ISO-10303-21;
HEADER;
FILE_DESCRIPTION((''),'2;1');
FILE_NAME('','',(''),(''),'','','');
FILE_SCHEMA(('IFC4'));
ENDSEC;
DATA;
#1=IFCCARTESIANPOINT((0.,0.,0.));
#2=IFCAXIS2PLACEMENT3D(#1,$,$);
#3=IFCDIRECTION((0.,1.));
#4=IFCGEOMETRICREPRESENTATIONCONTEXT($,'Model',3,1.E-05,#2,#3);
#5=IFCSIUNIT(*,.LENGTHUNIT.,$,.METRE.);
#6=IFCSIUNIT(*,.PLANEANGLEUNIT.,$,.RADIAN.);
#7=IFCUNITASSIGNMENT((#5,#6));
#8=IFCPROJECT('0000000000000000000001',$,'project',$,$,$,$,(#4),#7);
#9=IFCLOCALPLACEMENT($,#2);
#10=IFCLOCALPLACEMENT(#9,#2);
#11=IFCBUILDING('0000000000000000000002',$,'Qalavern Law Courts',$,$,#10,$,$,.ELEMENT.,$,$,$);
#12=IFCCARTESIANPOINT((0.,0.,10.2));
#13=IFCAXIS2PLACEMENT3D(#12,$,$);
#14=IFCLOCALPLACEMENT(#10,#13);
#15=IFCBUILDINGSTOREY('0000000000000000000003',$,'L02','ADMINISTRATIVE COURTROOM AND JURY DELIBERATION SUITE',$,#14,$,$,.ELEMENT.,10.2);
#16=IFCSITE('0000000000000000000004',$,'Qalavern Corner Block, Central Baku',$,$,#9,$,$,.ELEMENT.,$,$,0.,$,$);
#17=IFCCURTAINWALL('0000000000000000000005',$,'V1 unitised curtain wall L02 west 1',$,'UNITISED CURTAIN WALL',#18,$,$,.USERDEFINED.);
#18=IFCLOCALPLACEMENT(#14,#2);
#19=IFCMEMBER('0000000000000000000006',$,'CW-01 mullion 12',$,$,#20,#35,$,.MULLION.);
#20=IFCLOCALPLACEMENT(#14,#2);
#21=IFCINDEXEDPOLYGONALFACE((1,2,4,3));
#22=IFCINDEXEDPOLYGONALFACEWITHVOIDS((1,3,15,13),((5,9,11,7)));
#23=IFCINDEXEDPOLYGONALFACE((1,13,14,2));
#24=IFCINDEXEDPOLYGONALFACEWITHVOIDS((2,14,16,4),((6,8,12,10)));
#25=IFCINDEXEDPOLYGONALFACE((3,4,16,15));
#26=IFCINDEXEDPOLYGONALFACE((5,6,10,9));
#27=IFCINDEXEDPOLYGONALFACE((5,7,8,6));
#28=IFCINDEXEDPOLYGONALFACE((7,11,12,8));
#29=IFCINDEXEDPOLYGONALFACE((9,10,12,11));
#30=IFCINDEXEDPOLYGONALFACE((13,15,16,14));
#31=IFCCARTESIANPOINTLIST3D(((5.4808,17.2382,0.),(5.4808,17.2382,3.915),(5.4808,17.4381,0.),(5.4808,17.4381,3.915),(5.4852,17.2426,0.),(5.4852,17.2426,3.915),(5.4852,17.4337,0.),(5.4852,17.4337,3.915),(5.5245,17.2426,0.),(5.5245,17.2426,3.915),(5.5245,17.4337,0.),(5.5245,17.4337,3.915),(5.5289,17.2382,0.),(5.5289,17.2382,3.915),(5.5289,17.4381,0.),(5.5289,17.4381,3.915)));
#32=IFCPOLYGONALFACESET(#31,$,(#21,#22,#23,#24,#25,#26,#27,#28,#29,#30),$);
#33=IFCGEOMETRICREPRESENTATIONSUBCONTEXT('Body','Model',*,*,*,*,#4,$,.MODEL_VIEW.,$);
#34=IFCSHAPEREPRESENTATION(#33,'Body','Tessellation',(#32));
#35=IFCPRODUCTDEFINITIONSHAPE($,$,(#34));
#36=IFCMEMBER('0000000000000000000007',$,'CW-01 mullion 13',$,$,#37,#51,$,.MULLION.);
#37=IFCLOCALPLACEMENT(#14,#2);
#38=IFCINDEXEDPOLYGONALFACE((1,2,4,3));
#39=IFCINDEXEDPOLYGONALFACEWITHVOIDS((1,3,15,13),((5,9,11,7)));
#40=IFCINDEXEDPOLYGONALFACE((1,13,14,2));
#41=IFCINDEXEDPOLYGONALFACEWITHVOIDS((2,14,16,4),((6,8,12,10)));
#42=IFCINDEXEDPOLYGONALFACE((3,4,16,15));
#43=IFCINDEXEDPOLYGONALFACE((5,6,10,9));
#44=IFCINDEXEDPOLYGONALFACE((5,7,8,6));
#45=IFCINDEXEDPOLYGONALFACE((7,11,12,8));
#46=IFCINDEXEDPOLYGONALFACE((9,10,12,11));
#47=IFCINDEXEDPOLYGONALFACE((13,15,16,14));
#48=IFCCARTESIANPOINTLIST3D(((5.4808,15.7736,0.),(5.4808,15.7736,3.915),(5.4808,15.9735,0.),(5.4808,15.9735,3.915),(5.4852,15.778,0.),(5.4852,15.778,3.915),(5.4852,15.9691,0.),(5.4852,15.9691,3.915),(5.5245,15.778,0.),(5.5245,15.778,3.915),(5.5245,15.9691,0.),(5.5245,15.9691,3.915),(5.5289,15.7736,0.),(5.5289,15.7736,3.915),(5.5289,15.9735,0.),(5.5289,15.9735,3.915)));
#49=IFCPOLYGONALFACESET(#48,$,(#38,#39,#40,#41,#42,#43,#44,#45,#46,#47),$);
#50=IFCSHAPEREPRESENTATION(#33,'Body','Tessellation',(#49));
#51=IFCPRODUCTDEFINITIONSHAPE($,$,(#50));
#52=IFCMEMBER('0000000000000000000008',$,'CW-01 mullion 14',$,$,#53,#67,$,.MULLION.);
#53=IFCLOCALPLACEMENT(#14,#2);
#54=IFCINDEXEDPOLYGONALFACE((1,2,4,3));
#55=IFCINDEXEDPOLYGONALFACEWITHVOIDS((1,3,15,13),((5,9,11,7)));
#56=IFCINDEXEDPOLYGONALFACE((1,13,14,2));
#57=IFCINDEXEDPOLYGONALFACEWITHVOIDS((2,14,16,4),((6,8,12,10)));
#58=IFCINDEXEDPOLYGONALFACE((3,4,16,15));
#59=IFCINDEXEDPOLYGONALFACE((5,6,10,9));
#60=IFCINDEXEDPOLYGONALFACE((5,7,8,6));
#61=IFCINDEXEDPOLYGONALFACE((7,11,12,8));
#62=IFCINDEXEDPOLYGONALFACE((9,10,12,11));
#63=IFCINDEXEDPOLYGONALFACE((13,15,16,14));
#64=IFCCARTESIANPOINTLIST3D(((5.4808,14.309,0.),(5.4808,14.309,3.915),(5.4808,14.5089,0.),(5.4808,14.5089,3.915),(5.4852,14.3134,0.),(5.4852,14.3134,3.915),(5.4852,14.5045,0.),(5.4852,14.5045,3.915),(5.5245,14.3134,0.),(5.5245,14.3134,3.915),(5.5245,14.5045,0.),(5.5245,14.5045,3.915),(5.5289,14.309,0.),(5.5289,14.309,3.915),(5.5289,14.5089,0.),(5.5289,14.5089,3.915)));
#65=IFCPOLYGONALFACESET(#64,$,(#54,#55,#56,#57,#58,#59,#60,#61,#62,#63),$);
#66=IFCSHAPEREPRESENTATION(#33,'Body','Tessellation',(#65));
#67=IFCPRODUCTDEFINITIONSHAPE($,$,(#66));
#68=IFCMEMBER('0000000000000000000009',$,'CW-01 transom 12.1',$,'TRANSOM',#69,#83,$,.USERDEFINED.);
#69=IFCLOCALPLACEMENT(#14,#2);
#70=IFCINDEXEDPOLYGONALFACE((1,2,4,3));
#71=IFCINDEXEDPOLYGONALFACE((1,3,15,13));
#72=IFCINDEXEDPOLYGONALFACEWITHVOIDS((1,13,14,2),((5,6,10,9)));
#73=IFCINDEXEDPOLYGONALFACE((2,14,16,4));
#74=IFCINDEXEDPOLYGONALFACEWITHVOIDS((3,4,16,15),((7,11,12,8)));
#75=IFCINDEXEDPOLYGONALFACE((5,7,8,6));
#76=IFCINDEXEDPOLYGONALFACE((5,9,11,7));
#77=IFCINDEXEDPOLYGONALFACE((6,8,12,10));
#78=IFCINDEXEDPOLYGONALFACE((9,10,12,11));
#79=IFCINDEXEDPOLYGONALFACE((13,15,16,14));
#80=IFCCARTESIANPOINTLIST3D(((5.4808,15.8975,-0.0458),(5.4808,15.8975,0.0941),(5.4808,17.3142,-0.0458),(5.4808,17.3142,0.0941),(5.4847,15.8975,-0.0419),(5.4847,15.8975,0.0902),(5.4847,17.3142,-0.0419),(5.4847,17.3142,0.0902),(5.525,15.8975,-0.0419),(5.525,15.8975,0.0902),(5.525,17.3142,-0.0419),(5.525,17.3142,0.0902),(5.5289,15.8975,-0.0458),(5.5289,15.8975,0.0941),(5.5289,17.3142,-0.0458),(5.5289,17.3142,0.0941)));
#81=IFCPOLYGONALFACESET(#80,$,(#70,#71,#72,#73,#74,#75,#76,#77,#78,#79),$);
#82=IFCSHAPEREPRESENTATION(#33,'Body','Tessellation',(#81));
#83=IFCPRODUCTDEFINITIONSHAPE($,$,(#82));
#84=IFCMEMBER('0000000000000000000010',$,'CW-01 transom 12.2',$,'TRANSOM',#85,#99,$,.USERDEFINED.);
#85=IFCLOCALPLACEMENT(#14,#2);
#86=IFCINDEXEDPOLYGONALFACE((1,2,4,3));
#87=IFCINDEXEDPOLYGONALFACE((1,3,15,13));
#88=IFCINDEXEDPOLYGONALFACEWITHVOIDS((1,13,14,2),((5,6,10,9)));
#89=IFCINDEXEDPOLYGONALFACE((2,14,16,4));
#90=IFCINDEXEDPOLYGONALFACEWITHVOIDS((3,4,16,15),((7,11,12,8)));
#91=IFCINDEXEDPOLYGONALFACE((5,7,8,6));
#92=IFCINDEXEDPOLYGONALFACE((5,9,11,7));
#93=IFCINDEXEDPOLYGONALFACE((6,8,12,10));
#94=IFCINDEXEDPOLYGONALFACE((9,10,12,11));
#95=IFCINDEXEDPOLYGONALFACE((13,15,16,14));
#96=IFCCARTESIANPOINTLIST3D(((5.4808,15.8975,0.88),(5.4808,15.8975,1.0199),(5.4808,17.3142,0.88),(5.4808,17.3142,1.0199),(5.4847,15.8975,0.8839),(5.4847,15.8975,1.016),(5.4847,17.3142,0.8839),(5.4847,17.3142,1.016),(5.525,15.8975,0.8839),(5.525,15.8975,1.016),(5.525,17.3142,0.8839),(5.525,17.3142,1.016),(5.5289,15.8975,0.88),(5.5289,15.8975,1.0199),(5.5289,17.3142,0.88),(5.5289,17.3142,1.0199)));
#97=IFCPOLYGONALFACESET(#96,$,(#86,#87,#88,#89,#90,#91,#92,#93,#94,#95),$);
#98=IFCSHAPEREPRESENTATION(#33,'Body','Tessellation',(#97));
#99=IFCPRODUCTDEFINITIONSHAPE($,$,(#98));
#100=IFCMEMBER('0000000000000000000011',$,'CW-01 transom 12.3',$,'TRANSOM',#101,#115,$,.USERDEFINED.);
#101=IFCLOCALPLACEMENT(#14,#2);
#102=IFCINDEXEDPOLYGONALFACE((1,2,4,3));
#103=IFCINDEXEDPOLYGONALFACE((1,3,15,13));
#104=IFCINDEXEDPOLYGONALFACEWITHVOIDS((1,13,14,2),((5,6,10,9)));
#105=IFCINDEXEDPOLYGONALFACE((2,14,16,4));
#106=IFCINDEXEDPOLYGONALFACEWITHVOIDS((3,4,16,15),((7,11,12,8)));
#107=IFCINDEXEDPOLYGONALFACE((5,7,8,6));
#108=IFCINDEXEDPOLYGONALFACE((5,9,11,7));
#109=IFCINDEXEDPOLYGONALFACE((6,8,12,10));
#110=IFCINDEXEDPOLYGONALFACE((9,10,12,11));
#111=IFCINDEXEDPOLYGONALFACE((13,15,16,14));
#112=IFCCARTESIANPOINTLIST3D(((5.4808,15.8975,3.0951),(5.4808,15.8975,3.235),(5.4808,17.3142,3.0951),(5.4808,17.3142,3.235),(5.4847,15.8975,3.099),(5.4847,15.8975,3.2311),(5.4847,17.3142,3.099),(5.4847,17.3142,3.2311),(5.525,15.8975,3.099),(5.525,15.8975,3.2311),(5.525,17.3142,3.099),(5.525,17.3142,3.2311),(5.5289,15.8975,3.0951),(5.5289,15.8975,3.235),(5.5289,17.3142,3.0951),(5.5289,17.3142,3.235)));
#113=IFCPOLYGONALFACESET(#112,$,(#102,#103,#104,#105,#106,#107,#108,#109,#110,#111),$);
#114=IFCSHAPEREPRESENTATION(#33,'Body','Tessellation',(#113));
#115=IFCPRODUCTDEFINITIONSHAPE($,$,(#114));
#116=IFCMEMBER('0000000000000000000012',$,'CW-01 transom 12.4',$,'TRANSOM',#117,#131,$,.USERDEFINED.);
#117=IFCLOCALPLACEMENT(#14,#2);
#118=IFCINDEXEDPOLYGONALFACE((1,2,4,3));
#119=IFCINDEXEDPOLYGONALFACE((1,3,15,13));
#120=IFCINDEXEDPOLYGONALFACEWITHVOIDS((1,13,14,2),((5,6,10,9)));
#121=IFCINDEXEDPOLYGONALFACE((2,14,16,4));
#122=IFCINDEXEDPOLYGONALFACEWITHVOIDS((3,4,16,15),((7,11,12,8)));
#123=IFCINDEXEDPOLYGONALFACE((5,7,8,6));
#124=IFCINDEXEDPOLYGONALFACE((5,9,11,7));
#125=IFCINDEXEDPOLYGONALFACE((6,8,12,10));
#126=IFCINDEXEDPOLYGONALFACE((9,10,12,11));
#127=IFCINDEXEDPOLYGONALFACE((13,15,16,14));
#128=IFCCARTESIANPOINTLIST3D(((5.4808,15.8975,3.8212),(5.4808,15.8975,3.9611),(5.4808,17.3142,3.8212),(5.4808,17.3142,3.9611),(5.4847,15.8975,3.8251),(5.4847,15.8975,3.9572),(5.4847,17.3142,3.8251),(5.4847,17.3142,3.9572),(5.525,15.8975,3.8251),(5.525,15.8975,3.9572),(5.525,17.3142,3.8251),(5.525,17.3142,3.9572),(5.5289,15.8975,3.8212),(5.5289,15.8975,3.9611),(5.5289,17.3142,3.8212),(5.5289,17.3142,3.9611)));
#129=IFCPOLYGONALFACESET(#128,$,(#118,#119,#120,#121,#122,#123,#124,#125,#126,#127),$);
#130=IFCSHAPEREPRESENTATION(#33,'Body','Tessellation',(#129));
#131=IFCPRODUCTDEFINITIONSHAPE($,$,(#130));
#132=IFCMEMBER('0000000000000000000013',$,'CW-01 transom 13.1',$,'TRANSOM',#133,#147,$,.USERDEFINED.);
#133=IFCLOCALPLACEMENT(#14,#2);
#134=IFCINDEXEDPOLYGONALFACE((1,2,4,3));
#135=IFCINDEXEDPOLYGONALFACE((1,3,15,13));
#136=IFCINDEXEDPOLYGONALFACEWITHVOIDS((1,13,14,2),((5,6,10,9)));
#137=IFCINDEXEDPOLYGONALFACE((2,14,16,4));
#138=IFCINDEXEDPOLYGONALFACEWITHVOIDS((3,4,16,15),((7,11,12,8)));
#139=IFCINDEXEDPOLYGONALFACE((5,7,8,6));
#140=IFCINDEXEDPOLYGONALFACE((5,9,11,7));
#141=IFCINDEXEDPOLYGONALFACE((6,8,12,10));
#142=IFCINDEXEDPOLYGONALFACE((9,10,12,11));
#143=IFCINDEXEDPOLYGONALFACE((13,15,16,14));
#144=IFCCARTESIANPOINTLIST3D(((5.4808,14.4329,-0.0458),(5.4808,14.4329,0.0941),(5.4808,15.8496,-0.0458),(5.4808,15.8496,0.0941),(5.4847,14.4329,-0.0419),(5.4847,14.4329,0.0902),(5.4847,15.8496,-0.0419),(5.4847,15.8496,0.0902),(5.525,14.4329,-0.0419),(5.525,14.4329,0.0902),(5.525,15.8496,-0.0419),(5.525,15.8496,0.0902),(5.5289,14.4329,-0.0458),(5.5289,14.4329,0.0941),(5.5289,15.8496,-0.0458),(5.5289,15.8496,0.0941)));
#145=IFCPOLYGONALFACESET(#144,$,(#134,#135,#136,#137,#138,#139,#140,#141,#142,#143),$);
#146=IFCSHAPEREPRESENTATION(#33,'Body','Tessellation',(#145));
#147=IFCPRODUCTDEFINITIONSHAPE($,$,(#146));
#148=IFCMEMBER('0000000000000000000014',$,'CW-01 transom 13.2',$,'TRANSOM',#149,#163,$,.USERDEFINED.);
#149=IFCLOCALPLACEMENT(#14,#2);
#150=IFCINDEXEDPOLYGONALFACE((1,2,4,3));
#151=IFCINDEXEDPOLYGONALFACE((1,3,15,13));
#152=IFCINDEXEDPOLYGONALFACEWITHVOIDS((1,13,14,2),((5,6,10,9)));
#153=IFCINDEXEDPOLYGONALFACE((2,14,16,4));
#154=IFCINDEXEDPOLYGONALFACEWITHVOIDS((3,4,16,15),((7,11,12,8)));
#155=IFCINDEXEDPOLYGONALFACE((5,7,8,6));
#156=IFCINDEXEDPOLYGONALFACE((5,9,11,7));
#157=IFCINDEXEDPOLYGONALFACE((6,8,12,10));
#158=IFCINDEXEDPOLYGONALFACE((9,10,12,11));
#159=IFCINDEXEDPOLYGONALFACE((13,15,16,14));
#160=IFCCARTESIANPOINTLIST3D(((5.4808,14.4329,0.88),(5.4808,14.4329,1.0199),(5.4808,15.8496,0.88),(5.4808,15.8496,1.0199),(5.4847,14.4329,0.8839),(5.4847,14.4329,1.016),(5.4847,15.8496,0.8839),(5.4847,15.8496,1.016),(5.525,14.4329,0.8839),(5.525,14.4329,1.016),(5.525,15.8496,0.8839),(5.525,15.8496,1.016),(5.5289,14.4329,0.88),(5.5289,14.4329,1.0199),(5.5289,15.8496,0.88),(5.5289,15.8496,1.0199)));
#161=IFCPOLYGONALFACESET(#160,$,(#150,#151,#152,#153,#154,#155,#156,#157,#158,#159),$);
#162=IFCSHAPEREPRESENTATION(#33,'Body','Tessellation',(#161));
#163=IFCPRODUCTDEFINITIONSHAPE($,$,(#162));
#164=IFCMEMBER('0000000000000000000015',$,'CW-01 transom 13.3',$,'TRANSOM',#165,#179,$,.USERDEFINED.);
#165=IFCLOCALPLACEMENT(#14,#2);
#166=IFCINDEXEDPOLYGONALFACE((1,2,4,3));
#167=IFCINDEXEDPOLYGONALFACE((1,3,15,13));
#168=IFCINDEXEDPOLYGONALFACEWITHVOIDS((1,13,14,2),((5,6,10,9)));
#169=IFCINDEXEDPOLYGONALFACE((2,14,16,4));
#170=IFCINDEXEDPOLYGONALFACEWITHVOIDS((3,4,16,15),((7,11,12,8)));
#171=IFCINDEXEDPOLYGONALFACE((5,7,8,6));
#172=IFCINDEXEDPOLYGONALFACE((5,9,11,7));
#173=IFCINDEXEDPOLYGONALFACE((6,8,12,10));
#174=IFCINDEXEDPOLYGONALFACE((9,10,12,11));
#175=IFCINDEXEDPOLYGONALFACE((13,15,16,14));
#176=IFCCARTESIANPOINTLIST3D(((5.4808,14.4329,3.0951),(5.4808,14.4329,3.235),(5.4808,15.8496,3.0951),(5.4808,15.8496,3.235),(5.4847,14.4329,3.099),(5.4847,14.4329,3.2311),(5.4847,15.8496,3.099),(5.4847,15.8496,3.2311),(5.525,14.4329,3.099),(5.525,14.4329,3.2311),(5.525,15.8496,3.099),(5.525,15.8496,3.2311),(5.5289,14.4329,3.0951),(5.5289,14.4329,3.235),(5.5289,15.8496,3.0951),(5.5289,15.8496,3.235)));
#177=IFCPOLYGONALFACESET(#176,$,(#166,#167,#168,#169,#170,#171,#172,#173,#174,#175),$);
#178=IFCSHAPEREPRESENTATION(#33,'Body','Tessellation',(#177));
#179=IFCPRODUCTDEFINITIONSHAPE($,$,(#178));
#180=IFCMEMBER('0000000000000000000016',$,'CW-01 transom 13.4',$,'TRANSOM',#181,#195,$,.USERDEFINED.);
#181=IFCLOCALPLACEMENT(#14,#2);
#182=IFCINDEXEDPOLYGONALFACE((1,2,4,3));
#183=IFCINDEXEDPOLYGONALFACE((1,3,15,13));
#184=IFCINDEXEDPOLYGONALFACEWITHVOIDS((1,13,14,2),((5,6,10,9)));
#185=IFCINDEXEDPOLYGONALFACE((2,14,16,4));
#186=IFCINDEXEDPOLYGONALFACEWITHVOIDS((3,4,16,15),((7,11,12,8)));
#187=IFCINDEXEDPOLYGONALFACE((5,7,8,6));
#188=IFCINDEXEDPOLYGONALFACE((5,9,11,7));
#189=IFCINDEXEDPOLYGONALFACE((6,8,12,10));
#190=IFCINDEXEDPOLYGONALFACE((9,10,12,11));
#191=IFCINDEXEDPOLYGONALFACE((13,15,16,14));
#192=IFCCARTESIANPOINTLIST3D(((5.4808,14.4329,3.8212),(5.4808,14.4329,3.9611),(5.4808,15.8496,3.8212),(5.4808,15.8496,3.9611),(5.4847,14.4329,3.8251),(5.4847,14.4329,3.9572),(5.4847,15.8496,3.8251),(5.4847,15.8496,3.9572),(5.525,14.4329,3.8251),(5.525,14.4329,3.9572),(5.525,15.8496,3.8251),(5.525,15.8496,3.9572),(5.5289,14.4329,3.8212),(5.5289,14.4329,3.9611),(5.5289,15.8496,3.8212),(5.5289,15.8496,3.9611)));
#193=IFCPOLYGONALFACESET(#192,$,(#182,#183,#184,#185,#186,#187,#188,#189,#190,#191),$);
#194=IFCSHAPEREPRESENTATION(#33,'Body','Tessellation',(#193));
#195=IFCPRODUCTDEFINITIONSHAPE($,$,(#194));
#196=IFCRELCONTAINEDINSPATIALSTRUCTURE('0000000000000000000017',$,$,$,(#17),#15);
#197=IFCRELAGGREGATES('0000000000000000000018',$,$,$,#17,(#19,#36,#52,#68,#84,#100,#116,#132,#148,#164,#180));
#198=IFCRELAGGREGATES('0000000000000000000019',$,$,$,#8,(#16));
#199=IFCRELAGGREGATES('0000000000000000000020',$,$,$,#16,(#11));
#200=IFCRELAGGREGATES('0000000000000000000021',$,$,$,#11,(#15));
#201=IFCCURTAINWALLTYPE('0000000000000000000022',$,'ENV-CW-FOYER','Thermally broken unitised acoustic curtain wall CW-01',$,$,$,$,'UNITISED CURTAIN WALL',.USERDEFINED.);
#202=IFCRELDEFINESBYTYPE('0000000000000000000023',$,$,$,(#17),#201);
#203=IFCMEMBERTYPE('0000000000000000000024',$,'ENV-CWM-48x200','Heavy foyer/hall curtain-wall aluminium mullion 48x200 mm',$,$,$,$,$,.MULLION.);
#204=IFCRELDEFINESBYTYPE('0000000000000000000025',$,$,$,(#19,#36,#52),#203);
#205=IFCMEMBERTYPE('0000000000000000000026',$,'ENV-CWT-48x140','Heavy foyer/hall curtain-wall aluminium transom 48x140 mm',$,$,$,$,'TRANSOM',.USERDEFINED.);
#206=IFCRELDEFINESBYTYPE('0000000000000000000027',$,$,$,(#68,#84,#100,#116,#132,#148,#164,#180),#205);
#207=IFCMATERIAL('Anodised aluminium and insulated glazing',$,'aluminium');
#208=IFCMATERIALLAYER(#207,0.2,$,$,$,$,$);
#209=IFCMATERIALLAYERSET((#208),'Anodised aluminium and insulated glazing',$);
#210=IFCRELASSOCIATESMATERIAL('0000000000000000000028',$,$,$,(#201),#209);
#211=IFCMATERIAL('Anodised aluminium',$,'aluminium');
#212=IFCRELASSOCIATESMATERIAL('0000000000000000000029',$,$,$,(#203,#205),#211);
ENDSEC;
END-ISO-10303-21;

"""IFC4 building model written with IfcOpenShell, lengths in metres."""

from ifc_helpers import new_model, si_unit, direction, frame, origin, origin_2d, place, context, subcontext, project, spatial, hollow_rectangle, extrude, material, layer, layer_set, material_profile, profile_set, type_object, element, aggregate, save


model = new_model("IFC4")

# Units and contexts
model_context = context("Model", 3, precision=1e-05, world=origin(), true_north=direction((0.0, 1.0)))
body_context = subcontext(model_context, "Body", "Model", "MODEL_VIEW")
ifc_project = project(units=[si_unit("LENGTHUNIT", "METRE"), si_unit("PLANEANGLEUNIT", "RADIAN")], contexts=[model_context])

# Site, building, storey
site_placement = place(None, origin())
site = spatial("IfcSite", under=ifc_project, at=site_placement, Name="Qalavern Corner Block, Central Baku", CompositionType="ELEMENT", RefElevation=0.0)
building_placement = place(site_placement, origin())
building = spatial("IfcBuilding", under=site, at=building_placement, Name="Qalavern Law Courts", CompositionType="ELEMENT")
storey_placement = place(building_placement, frame((0.0, 0.0, 10.2)))
storey = spatial("IfcBuildingStorey", under=building, at=storey_placement, Name="L02", Description="ADMINISTRATIVE COURTROOM AND JURY DELIBERATION SUITE", CompositionType="ELEMENT", Elevation=10.2)

# Curtain wall, members
ifc_material_1 = material(Name="Anodised aluminium and insulated glazing", Category="aluminium")
ifc_layer_1 = layer(ifc_material_1, 0.2)
ifc_layer_set_1 = layer_set([ifc_layer_1], Name="Anodised aluminium and insulated glazing")
curtain_wall_type = type_object("IfcCurtainWallType", Name="ENV-CW-FOYER", Description="Thermally broken unitised acoustic curtain wall CW-01", ElementType="UNITISED CURTAIN WALL", PredefinedType="USERDEFINED", material=ifc_layer_set_1)
curtain_wall_placement = place(storey_placement, origin())
curtain_wall = element("IfcCurtainWall", 1, at=curtain_wall_placement, inside=storey, type_object=curtain_wall_type, Name="V1 unitised curtain wall L02 west 1", ObjectType="UNITISED CURTAIN WALL", PredefinedType="USERDEFINED")
ifc_material_2 = material(Name="Anodised aluminium", Category="aluminium")
ifc_material_profile_1 = material_profile(ifc_material_2, hollow_rectangle(XDim=0.0481, YDim=0.2, WallThickness=0.0044, at=origin_2d()), Name="ALU MULLION 48x200")
ifc_profile_set_1 = profile_set([ifc_material_profile_1], Name="Anodised aluminium")
member_type_1 = type_object("IfcMemberType", Name="ENV-CWM-48x200", Description="Heavy foyer/hall curtain-wall aluminium mullion 48x200 mm", PredefinedType="MULLION", material=ifc_profile_set_1)
member_1_placement = place(storey_placement, frame((5.5049, 17.3381, 0.0), z_axis=(0.0, 0.0, 1.0), x_axis=(1.0, 0.0, 0.0)))
member_1 = element("IfcMember", 2, at=member_1_placement, type_object=member_type_1, Name="CW-01 mullion 12", PredefinedType="MULLION", context=body_context, shape_type="SweptSolid", body=[
    extrude(hollow_rectangle(XDim=0.0481, YDim=0.2, WallThickness=0.0044, at=origin_2d()), origin(), (0.0, 0.0, 1.0), 3.915),
])
member_2_placement = place(storey_placement, frame((5.5049, 15.8735, 0.0), z_axis=(0.0, 0.0, 1.0), x_axis=(1.0, 0.0, 0.0)))
member_2 = element("IfcMember", 3, at=member_2_placement, type_object=member_type_1, Name="CW-01 mullion 13", PredefinedType="MULLION", context=body_context, shape_type="SweptSolid", body=[
    extrude(hollow_rectangle(XDim=0.0481, YDim=0.2, WallThickness=0.0044, at=origin_2d()), origin(), (0.0, 0.0, 1.0), 3.915),
])
member_3_placement = place(storey_placement, frame((5.5049, 14.4089, 0.0), z_axis=(0.0, 0.0, 1.0), x_axis=(1.0, 0.0, 0.0)))
member_3 = element("IfcMember", 4, at=member_3_placement, type_object=member_type_1, Name="CW-01 mullion 14", PredefinedType="MULLION", context=body_context, shape_type="SweptSolid", body=[
    extrude(hollow_rectangle(XDim=0.0481, YDim=0.2, WallThickness=0.0044, at=origin_2d()), origin(), (0.0, 0.0, 1.0), 3.915),
])
ifc_material_profile_2 = material_profile(ifc_material_2, hollow_rectangle(XDim=0.0481, YDim=0.1399, WallThickness=0.0039, at=origin_2d()), Name="ALU TRANSOM 48x140")
ifc_profile_set_2 = profile_set([ifc_material_profile_2], Name="Anodised aluminium")
member_type_2 = type_object("IfcMemberType", Name="ENV-CWT-48x140", Description="Heavy foyer/hall curtain-wall aluminium transom 48x140 mm", ElementType="TRANSOM", PredefinedType="USERDEFINED", material=ifc_profile_set_2)
member_4_placement = place(storey_placement, frame((5.5049, 17.3142, 0.0242), z_axis=(0.0, -1.0, 0.0), x_axis=(1.0, 0.0, 0.0)))
member_4 = element("IfcMember", 5, at=member_4_placement, type_object=member_type_2, Name="CW-01 transom 12.1", ObjectType="TRANSOM", PredefinedType="USERDEFINED", context=body_context, shape_type="SweptSolid", body=[
    extrude(hollow_rectangle(XDim=0.0481, YDim=0.1399, WallThickness=0.0039, at=origin_2d()), origin(), (0.0, 0.0, 1.0), 1.4167),
])
member_5_placement = place(storey_placement, frame((5.5049, 17.3142, 0.95), z_axis=(0.0, -1.0, 0.0), x_axis=(1.0, 0.0, 0.0)))
member_5 = element("IfcMember", 6, at=member_5_placement, type_object=member_type_2, Name="CW-01 transom 12.2", ObjectType="TRANSOM", PredefinedType="USERDEFINED", context=body_context, shape_type="SweptSolid", body=[
    extrude(hollow_rectangle(XDim=0.0481, YDim=0.1399, WallThickness=0.0039, at=origin_2d()), origin(), (0.0, 0.0, 1.0), 1.4167),
])
member_6_placement = place(storey_placement, frame((5.5049, 17.3142, 3.165), z_axis=(0.0, -1.0, 0.0), x_axis=(1.0, 0.0, 0.0)))
member_6 = element("IfcMember", 7, at=member_6_placement, type_object=member_type_2, Name="CW-01 transom 12.3", ObjectType="TRANSOM", PredefinedType="USERDEFINED", context=body_context, shape_type="SweptSolid", body=[
    extrude(hollow_rectangle(XDim=0.0481, YDim=0.1399, WallThickness=0.0039, at=origin_2d()), origin(), (0.0, 0.0, 1.0), 1.4167),
])
member_7_placement = place(storey_placement, frame((5.5049, 17.3142, 3.8911), z_axis=(0.0, -1.0, 0.0), x_axis=(1.0, 0.0, 0.0)))
member_7 = element("IfcMember", 8, at=member_7_placement, type_object=member_type_2, Name="CW-01 transom 12.4", ObjectType="TRANSOM", PredefinedType="USERDEFINED", context=body_context, shape_type="SweptSolid", body=[
    extrude(hollow_rectangle(XDim=0.0481, YDim=0.1399, WallThickness=0.0039, at=origin_2d()), origin(), (0.0, 0.0, 1.0), 1.4167),
])
member_8_placement = place(storey_placement, frame((5.5049, 15.8496, 0.0242), z_axis=(0.0, -1.0, 0.0), x_axis=(1.0, 0.0, 0.0)))
member_8 = element("IfcMember", 9, at=member_8_placement, type_object=member_type_2, Name="CW-01 transom 13.1", ObjectType="TRANSOM", PredefinedType="USERDEFINED", context=body_context, shape_type="SweptSolid", body=[
    extrude(hollow_rectangle(XDim=0.0481, YDim=0.1399, WallThickness=0.0039, at=origin_2d()), origin(), (0.0, 0.0, 1.0), 1.4167),
])
member_9_placement = place(storey_placement, frame((5.5049, 15.8496, 0.95), z_axis=(0.0, -1.0, 0.0), x_axis=(1.0, 0.0, 0.0)))
member_9 = element("IfcMember", 10, at=member_9_placement, type_object=member_type_2, Name="CW-01 transom 13.2", ObjectType="TRANSOM", PredefinedType="USERDEFINED", context=body_context, shape_type="SweptSolid", body=[
    extrude(hollow_rectangle(XDim=0.0481, YDim=0.1399, WallThickness=0.0039, at=origin_2d()), origin(), (0.0, 0.0, 1.0), 1.4167),
])
member_10_placement = place(storey_placement, frame((5.5049, 15.8496, 3.165), z_axis=(0.0, -1.0, 0.0), x_axis=(1.0, 0.0, 0.0)))
member_10 = element("IfcMember", 11, at=member_10_placement, type_object=member_type_2, Name="CW-01 transom 13.3", ObjectType="TRANSOM", PredefinedType="USERDEFINED", context=body_context, shape_type="SweptSolid", body=[
    extrude(hollow_rectangle(XDim=0.0481, YDim=0.1399, WallThickness=0.0039, at=origin_2d()), origin(), (0.0, 0.0, 1.0), 1.4167),
])
member_11_placement = place(storey_placement, frame((5.5049, 15.8496, 3.8911), z_axis=(0.0, -1.0, 0.0), x_axis=(1.0, 0.0, 0.0)))
member_11 = element("IfcMember", 12, at=member_11_placement, type_object=member_type_2, Name="CW-01 transom 13.4", ObjectType="TRANSOM", PredefinedType="USERDEFINED", context=body_context, shape_type="SweptSolid", body=[
    extrude(hollow_rectangle(XDim=0.0481, YDim=0.1399, WallThickness=0.0039, at=origin_2d()), origin(), (0.0, 0.0, 1.0), 1.4167),
])

aggregate(curtain_wall, [member_1, member_2, member_3, member_4, member_5, member_6, member_7, member_8, member_9, member_10, member_11])

save(model, "model.ifc")
